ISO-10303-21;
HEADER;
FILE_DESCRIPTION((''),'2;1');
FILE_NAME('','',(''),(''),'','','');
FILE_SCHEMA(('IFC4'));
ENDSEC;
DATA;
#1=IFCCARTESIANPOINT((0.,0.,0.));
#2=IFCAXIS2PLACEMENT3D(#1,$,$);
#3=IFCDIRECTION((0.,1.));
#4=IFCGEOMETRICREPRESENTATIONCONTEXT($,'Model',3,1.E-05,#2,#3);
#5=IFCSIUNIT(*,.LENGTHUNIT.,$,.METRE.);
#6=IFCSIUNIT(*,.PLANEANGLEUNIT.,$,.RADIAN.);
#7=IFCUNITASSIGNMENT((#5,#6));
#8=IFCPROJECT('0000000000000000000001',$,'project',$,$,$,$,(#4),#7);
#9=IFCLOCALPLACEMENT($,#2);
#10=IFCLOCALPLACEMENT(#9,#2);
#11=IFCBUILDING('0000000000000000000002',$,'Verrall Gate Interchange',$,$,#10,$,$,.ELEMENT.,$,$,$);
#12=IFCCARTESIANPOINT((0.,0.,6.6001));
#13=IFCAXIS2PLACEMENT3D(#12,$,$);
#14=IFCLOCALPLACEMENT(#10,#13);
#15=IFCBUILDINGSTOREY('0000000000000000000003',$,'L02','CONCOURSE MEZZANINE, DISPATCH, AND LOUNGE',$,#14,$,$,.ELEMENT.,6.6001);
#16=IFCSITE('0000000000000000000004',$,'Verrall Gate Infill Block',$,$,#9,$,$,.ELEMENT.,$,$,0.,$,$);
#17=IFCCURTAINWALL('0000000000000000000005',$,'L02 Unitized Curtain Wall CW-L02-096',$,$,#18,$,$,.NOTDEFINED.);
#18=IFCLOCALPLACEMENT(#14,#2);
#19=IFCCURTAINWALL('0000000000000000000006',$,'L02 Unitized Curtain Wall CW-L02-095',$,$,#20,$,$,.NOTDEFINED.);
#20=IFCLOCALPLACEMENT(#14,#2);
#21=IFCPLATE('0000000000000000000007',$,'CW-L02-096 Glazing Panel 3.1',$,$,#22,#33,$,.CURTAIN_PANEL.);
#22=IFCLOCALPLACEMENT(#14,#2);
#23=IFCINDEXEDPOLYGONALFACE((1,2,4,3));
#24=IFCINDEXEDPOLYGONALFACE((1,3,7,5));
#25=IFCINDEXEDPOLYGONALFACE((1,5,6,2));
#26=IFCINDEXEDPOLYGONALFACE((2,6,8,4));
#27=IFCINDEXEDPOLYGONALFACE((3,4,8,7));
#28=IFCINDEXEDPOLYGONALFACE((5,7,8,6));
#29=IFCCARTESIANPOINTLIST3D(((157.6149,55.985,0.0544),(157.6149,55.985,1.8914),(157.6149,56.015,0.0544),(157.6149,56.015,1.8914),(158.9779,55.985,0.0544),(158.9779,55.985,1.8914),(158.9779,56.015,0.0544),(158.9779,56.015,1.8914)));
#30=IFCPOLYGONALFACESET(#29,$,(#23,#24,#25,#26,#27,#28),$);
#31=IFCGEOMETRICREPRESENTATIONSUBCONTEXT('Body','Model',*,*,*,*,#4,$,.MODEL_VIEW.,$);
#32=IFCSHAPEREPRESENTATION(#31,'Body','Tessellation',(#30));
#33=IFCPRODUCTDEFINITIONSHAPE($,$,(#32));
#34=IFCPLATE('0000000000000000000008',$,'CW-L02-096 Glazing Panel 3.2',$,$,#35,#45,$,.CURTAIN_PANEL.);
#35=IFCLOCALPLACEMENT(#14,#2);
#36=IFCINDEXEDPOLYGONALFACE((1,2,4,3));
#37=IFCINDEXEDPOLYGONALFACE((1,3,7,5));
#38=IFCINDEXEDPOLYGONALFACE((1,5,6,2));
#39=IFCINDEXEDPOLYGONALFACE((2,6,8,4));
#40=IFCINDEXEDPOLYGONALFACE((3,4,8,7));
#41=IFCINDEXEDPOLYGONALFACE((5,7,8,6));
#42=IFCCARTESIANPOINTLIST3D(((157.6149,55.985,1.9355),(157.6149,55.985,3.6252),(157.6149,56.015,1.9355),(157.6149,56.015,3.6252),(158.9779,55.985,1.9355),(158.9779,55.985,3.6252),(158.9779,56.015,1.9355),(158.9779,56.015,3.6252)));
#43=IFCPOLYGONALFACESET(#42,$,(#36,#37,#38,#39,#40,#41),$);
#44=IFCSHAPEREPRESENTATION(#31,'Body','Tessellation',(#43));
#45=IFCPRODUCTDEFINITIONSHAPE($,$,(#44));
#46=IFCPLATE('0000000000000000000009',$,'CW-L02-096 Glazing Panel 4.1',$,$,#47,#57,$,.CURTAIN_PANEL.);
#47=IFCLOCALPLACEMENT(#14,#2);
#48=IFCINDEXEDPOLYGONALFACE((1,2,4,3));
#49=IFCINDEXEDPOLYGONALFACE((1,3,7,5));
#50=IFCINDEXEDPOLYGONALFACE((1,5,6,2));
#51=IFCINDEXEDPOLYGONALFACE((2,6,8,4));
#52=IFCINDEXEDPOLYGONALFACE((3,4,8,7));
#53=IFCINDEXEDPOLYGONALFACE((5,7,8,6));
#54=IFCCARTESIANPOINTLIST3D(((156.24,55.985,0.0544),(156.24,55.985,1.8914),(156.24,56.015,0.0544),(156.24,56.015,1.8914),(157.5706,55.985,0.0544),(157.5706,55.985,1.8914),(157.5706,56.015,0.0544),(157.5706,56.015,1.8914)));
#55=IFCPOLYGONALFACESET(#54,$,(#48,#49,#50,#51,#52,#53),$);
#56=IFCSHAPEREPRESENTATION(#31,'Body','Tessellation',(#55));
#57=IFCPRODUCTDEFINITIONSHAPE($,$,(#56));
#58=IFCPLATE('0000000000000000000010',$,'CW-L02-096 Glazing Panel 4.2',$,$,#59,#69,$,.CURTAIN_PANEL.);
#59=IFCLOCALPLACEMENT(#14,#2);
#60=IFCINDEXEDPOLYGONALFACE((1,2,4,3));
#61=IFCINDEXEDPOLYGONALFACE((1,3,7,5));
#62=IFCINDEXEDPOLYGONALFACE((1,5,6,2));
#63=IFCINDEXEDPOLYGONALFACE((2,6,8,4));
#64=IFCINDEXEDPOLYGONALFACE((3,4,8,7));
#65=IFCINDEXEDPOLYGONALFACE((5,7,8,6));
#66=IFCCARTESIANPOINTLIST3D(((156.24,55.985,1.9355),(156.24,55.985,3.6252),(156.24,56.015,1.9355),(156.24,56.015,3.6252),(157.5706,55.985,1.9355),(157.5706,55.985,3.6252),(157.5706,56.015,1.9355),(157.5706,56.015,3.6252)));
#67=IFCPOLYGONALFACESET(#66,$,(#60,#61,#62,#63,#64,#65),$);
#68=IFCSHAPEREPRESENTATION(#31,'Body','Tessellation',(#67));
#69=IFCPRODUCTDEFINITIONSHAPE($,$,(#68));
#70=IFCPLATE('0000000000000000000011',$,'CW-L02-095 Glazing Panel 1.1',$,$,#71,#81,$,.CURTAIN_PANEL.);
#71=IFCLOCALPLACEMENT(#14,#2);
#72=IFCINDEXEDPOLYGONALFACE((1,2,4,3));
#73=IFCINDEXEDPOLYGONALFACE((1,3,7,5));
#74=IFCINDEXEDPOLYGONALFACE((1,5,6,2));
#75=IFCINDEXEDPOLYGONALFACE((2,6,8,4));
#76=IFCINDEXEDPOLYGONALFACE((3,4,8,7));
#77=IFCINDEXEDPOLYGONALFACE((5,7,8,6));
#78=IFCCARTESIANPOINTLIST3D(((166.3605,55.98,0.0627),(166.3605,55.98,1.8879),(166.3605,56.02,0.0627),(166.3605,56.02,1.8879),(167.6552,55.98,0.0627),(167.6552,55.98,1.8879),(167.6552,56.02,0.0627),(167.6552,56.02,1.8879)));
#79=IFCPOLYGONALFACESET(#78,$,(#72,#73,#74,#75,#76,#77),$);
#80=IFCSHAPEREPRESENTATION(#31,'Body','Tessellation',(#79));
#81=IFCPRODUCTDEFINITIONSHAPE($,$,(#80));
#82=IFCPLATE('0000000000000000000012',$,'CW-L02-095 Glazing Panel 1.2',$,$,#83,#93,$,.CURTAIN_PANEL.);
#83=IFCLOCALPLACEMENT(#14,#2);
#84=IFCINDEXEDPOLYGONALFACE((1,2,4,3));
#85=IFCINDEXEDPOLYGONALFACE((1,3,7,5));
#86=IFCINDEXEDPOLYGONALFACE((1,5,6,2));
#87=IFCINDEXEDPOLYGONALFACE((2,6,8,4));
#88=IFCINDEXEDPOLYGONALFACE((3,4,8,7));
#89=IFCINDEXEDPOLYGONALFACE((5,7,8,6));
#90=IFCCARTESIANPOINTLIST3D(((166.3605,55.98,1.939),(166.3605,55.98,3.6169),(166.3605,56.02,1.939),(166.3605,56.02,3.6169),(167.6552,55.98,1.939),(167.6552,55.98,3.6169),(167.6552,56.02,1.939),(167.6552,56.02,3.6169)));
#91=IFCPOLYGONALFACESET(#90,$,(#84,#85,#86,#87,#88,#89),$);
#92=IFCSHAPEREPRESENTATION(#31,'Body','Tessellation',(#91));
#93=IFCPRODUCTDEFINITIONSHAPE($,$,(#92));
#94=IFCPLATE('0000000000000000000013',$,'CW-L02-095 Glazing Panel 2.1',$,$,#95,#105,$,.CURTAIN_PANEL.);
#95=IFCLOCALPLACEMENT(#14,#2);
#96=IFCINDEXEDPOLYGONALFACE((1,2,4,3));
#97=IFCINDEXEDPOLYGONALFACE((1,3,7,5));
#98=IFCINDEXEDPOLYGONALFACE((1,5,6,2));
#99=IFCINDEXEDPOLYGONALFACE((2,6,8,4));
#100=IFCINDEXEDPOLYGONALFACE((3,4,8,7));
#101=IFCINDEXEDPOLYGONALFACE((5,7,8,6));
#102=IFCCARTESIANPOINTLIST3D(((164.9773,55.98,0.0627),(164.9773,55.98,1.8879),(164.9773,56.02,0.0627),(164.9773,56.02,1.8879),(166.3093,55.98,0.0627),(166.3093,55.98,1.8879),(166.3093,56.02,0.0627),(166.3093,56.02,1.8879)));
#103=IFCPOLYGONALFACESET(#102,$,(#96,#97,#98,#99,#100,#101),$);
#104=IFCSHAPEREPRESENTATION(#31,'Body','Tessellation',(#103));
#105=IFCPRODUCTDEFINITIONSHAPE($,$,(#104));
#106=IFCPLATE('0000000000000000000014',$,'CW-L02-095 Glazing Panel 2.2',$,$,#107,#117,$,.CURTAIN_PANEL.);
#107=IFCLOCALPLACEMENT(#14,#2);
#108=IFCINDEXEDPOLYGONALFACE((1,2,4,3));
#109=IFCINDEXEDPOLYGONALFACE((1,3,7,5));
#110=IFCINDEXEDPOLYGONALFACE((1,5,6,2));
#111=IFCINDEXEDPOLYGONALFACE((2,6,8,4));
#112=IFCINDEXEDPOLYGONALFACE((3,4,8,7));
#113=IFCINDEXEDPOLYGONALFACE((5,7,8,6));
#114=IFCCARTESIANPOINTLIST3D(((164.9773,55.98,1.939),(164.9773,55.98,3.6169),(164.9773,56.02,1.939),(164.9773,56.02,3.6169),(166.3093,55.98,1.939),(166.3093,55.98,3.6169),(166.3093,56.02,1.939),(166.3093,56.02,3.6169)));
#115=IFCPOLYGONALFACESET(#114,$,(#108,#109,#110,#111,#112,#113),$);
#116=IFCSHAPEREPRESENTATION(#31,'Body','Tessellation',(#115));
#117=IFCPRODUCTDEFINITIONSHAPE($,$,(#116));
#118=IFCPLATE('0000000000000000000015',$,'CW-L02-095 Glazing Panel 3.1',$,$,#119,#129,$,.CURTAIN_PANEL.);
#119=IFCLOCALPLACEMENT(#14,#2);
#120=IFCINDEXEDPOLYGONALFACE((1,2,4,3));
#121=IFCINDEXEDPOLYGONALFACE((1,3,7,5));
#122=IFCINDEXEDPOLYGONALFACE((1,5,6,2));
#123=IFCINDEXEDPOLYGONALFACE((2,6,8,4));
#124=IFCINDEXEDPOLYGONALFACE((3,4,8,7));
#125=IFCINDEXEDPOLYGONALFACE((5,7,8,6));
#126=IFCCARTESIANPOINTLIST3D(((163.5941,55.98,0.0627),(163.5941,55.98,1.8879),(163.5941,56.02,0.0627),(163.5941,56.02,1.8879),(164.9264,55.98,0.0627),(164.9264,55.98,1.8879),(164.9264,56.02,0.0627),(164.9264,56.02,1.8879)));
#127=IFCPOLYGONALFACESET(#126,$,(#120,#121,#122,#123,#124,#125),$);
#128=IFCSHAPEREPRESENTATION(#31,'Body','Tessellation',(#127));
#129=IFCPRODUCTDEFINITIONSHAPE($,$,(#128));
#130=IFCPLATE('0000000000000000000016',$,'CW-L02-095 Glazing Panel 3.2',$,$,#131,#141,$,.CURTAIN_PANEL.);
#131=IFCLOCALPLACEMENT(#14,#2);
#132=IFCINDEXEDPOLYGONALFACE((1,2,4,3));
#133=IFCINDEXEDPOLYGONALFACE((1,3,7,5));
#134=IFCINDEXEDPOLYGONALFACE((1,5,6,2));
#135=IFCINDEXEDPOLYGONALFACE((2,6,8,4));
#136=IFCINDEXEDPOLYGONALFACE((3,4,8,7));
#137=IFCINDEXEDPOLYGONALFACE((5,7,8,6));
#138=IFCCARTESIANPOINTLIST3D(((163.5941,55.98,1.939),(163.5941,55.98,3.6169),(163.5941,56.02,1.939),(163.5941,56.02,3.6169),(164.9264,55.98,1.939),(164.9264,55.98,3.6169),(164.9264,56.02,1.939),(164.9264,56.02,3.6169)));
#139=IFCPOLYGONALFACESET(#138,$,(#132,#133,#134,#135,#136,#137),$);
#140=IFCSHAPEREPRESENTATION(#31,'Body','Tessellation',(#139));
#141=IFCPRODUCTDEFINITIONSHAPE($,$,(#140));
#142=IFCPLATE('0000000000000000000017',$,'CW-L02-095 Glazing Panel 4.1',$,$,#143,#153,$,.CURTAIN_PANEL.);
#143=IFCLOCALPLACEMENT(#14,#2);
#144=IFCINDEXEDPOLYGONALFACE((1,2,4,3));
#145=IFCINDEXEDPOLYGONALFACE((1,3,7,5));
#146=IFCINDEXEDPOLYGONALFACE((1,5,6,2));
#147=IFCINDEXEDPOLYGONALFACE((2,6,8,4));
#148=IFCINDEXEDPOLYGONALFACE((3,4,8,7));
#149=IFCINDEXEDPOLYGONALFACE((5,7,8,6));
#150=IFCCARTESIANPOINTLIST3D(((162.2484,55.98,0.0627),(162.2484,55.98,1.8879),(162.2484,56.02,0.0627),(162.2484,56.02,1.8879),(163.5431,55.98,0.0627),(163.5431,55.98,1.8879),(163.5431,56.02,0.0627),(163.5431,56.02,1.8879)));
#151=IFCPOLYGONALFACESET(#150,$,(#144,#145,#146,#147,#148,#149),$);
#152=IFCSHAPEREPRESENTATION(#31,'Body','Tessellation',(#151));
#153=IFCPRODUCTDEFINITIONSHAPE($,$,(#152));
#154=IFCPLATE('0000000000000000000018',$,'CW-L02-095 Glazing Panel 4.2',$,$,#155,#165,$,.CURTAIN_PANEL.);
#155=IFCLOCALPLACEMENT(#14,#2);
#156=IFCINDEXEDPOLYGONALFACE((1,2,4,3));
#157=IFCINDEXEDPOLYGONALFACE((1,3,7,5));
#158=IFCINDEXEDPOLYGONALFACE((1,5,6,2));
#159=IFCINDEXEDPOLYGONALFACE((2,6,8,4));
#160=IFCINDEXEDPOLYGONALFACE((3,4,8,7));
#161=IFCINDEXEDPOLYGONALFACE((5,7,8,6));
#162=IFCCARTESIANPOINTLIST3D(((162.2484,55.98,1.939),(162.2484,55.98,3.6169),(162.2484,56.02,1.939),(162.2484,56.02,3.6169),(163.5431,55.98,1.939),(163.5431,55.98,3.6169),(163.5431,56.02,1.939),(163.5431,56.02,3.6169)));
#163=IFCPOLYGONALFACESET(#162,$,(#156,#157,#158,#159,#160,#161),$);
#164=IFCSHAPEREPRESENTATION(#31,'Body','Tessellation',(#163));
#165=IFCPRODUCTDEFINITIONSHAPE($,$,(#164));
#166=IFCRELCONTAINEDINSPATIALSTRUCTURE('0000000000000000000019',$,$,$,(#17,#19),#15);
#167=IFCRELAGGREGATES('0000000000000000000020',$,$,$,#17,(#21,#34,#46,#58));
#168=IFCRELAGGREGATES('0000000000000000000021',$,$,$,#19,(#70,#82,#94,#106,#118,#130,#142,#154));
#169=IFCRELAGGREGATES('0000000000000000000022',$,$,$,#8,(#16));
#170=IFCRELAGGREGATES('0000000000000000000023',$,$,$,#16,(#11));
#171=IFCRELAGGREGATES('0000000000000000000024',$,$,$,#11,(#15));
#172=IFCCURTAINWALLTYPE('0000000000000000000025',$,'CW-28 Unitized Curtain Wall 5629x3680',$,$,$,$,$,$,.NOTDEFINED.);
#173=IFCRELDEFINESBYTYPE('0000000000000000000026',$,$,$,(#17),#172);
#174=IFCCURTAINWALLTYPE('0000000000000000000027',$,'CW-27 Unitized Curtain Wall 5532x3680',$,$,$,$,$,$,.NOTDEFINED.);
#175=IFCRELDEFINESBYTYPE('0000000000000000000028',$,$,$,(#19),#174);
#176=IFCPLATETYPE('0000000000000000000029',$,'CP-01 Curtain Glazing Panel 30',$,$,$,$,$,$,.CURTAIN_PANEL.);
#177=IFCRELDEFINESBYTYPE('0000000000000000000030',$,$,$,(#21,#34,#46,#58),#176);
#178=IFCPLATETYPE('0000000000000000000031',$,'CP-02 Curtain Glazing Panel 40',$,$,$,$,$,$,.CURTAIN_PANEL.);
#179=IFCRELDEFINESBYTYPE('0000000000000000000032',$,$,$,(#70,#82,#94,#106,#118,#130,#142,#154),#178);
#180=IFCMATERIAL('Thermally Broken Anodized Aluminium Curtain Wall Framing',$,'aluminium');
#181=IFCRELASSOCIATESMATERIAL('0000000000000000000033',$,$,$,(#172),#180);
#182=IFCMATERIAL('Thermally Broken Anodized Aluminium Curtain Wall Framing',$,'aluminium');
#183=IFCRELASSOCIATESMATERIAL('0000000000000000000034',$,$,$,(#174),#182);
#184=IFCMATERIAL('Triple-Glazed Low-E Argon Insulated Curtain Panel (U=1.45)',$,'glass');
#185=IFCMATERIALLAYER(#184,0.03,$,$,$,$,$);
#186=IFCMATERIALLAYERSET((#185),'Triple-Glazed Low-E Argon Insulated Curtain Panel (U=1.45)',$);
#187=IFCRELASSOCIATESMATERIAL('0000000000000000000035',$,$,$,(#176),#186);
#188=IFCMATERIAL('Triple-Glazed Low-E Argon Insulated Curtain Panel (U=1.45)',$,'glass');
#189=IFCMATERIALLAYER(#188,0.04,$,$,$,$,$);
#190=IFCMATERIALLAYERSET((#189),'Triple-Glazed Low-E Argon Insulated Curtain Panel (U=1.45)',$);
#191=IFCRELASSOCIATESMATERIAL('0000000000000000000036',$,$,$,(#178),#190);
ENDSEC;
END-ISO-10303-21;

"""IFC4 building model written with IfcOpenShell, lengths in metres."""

from ifc_helpers import new_model, si_unit, direction, frame, origin, origin_2d, place, context, subcontext, project, spatial, rectangle, extrude, material, layer, layer_set, type_object, element, aggregate, save


model = new_model("IFC4")

# Units and contexts
model_context = context("Model", 3, precision=1e-05, world=origin(), true_north=direction((0.0, 1.0)))
body_context = subcontext(model_context, "Body", "Model", "MODEL_VIEW")
ifc_project = project(units=[si_unit("LENGTHUNIT", "METRE"), si_unit("PLANEANGLEUNIT", "RADIAN")], contexts=[model_context])

# Site, building, storey
site_placement = place(None, origin())
site = spatial("IfcSite", under=ifc_project, at=site_placement, Name="Verrall Gate Infill Block", CompositionType="ELEMENT", RefElevation=0.0)
building_placement = place(site_placement, origin())
building = spatial("IfcBuilding", under=site, at=building_placement, Name="Verrall Gate Interchange", CompositionType="ELEMENT")
storey_placement = place(building_placement, frame((0.0, 0.0, 6.6001)))
storey = spatial("IfcBuildingStorey", under=building, at=storey_placement, Name="L02", Description="CONCOURSE MEZZANINE, DISPATCH, AND LOUNGE", CompositionType="ELEMENT", Elevation=6.6001)

# Curtain walls
ifc_material_1 = material(Name="Thermally Broken Anodized Aluminium Curtain Wall Framing", Category="aluminium")
curtain_wall_type_1 = type_object("IfcCurtainWallType", Name="CW-28 Unitized Curtain Wall 5629x3680", PredefinedType="NOTDEFINED", material=ifc_material_1)
curtain_wall_1_placement = place(storey_placement, origin())
curtain_wall_1 = element("IfcCurtainWall", 1, at=curtain_wall_1_placement, inside=storey, type_object=curtain_wall_type_1, Name="L02 Unitized Curtain Wall CW-L02-096", PredefinedType="NOTDEFINED")
ifc_material_2 = material(Name="Thermally Broken Anodized Aluminium Curtain Wall Framing", Category="aluminium")
curtain_wall_type_2 = type_object("IfcCurtainWallType", Name="CW-27 Unitized Curtain Wall 5532x3680", PredefinedType="NOTDEFINED", material=ifc_material_2)
curtain_wall_2_placement = place(storey_placement, origin())
curtain_wall_2 = element("IfcCurtainWall", 2, at=curtain_wall_2_placement, inside=storey, type_object=curtain_wall_type_2, Name="L02 Unitized Curtain Wall CW-L02-095", PredefinedType="NOTDEFINED")

# Plates
ifc_material_3 = material(Name="Triple-Glazed Low-E Argon Insulated Curtain Panel (U=1.45)", Category="glass")
ifc_layer_1 = layer(ifc_material_3, 0.03)
ifc_layer_set_1 = layer_set([ifc_layer_1], Name="Triple-Glazed Low-E Argon Insulated Curtain Panel (U=1.45)")
plate_type_1 = type_object("IfcPlateType", Name="CP-01 Curtain Glazing Panel 30", PredefinedType="CURTAIN_PANEL", material=ifc_layer_set_1)
plate_1_placement = place(storey_placement, frame((158.2964, 56.0, 0.0544), z_axis=(0.0, 0.0, 1.0), x_axis=(-1.0, 0.0, 0.0)))
plate_1 = element("IfcPlate", 3, at=plate_1_placement, type_object=plate_type_1, Name="CW-L02-096 Glazing Panel 3.1", PredefinedType="CURTAIN_PANEL", context=body_context, shape_type="SweptSolid", body=[
    extrude(rectangle(XDim=1.363, YDim=0.03, at=origin_2d()), origin(), (0.0, 0.0, 1.0), 1.8369),
])
plate_2_placement = place(storey_placement, frame((158.2964, 56.0, 1.9355), z_axis=(0.0, 0.0, 1.0), x_axis=(-1.0, 0.0, 0.0)))
plate_2 = element("IfcPlate", 4, at=plate_2_placement, type_object=plate_type_1, Name="CW-L02-096 Glazing Panel 3.2", PredefinedType="CURTAIN_PANEL", context=body_context, shape_type="SweptSolid", body=[
    extrude(rectangle(XDim=1.363, YDim=0.03, at=origin_2d()), origin(), (0.0, 0.0, 1.0), 1.6897),
])
plate_3_placement = place(storey_placement, frame((156.9053, 56.0, 0.0544), z_axis=(0.0, 0.0, 1.0), x_axis=(-1.0, 0.0, 0.0)))
plate_3 = element("IfcPlate", 5, at=plate_3_placement, type_object=plate_type_1, Name="CW-L02-096 Glazing Panel 4.1", PredefinedType="CURTAIN_PANEL", context=body_context, shape_type="SweptSolid", body=[
    extrude(rectangle(XDim=1.3306, YDim=0.03, at=origin_2d()), origin(), (0.0, 0.0, 1.0), 1.8369),
])
plate_4_placement = place(storey_placement, frame((156.9053, 56.0, 1.9355), z_axis=(0.0, 0.0, 1.0), x_axis=(-1.0, 0.0, 0.0)))
plate_4 = element("IfcPlate", 6, at=plate_4_placement, type_object=plate_type_1, Name="CW-L02-096 Glazing Panel 4.2", PredefinedType="CURTAIN_PANEL", context=body_context, shape_type="SweptSolid", body=[
    extrude(rectangle(XDim=1.3306, YDim=0.03, at=origin_2d()), origin(), (0.0, 0.0, 1.0), 1.6897),
])
aggregate(curtain_wall_1, [plate_1, plate_2, plate_3, plate_4])
ifc_material_4 = material(Name="Triple-Glazed Low-E Argon Insulated Curtain Panel (U=1.45)", Category="glass")
ifc_layer_2 = layer(ifc_material_4, 0.04)
ifc_layer_set_2 = layer_set([ifc_layer_2], Name="Triple-Glazed Low-E Argon Insulated Curtain Panel (U=1.45)")
plate_type_2 = type_object("IfcPlateType", Name="CP-02 Curtain Glazing Panel 40", PredefinedType="CURTAIN_PANEL", material=ifc_layer_set_2)
plate_5_placement = place(storey_placement, frame((167.0078, 56.0, 0.0627), z_axis=(0.0, 0.0, 1.0), x_axis=(-1.0, 0.0, 0.0)))
plate_5 = element("IfcPlate", 7, at=plate_5_placement, type_object=plate_type_2, Name="CW-L02-095 Glazing Panel 1.1", PredefinedType="CURTAIN_PANEL", context=body_context, shape_type="SweptSolid", body=[
    extrude(rectangle(XDim=1.2947, YDim=0.04, at=origin_2d()), origin(), (0.0, 0.0, 1.0), 1.8252),
])
plate_6_placement = place(storey_placement, frame((167.0078, 56.0, 1.939), z_axis=(0.0, 0.0, 1.0), x_axis=(-1.0, 0.0, 0.0)))
plate_6 = element("IfcPlate", 8, at=plate_6_placement, type_object=plate_type_2, Name="CW-L02-095 Glazing Panel 1.2", PredefinedType="CURTAIN_PANEL", context=body_context, shape_type="SweptSolid", body=[
    extrude(rectangle(XDim=1.2947, YDim=0.04, at=origin_2d()), origin(), (0.0, 0.0, 1.0), 1.678),
])
plate_7_placement = place(storey_placement, frame((165.6433, 56.0, 0.0627), z_axis=(0.0, 0.0, 1.0), x_axis=(-1.0, 0.0, 0.0)))
plate_7 = element("IfcPlate", 9, at=plate_7_placement, type_object=plate_type_2, Name="CW-L02-095 Glazing Panel 2.1", PredefinedType="CURTAIN_PANEL", context=body_context, shape_type="SweptSolid", body=[
    extrude(rectangle(XDim=1.332, YDim=0.04, at=origin_2d()), origin(), (0.0, 0.0, 1.0), 1.8252),
])
plate_8_placement = place(storey_placement, frame((165.6433, 56.0, 1.939), z_axis=(0.0, 0.0, 1.0), x_axis=(-1.0, 0.0, 0.0)))
plate_8 = element("IfcPlate", 10, at=plate_8_placement, type_object=plate_type_2, Name="CW-L02-095 Glazing Panel 2.2", PredefinedType="CURTAIN_PANEL", context=body_context, shape_type="SweptSolid", body=[
    extrude(rectangle(XDim=1.332, YDim=0.04, at=origin_2d()), origin(), (0.0, 0.0, 1.0), 1.678),
])
plate_9_placement = place(storey_placement, frame((164.2603, 56.0, 0.0627), z_axis=(0.0, 0.0, 1.0), x_axis=(-1.0, 0.0, 0.0)))
plate_9 = element("IfcPlate", 11, at=plate_9_placement, type_object=plate_type_2, Name="CW-L02-095 Glazing Panel 3.1", PredefinedType="CURTAIN_PANEL", context=body_context, shape_type="SweptSolid", body=[
    extrude(rectangle(XDim=1.3323, YDim=0.04, at=origin_2d()), origin(), (0.0, 0.0, 1.0), 1.8252),
])
plate_10_placement = place(storey_placement, frame((164.2603, 56.0, 1.939), z_axis=(0.0, 0.0, 1.0), x_axis=(-1.0, 0.0, 0.0)))
plate_10 = element("IfcPlate", 12, at=plate_10_placement, type_object=plate_type_2, Name="CW-L02-095 Glazing Panel 3.2", PredefinedType="CURTAIN_PANEL", context=body_context, shape_type="SweptSolid", body=[
    extrude(rectangle(XDim=1.3323, YDim=0.04, at=origin_2d()), origin(), (0.0, 0.0, 1.0), 1.678),
])
plate_11_placement = place(storey_placement, frame((162.8958, 56.0, 0.0627), z_axis=(0.0, 0.0, 1.0), x_axis=(-1.0, 0.0, 0.0)))
plate_11 = element("IfcPlate", 13, at=plate_11_placement, type_object=plate_type_2, Name="CW-L02-095 Glazing Panel 4.1", PredefinedType="CURTAIN_PANEL", context=body_context, shape_type="SweptSolid", body=[
    extrude(rectangle(XDim=1.2947, YDim=0.04, at=origin_2d()), origin(), (0.0, 0.0, 1.0), 1.8252),
])
plate_12_placement = place(storey_placement, frame((162.8958, 56.0, 1.939), z_axis=(0.0, 0.0, 1.0), x_axis=(-1.0, 0.0, 0.0)))
plate_12 = element("IfcPlate", 14, at=plate_12_placement, type_object=plate_type_2, Name="CW-L02-095 Glazing Panel 4.2", PredefinedType="CURTAIN_PANEL", context=body_context, shape_type="SweptSolid", body=[
    extrude(rectangle(XDim=1.2947, YDim=0.04, at=origin_2d()), origin(), (0.0, 0.0, 1.0), 1.678),
])
aggregate(curtain_wall_2, [plate_5, plate_6, plate_7, plate_8, plate_9, plate_10, plate_11, plate_12])

save(model, "model.ifc")
